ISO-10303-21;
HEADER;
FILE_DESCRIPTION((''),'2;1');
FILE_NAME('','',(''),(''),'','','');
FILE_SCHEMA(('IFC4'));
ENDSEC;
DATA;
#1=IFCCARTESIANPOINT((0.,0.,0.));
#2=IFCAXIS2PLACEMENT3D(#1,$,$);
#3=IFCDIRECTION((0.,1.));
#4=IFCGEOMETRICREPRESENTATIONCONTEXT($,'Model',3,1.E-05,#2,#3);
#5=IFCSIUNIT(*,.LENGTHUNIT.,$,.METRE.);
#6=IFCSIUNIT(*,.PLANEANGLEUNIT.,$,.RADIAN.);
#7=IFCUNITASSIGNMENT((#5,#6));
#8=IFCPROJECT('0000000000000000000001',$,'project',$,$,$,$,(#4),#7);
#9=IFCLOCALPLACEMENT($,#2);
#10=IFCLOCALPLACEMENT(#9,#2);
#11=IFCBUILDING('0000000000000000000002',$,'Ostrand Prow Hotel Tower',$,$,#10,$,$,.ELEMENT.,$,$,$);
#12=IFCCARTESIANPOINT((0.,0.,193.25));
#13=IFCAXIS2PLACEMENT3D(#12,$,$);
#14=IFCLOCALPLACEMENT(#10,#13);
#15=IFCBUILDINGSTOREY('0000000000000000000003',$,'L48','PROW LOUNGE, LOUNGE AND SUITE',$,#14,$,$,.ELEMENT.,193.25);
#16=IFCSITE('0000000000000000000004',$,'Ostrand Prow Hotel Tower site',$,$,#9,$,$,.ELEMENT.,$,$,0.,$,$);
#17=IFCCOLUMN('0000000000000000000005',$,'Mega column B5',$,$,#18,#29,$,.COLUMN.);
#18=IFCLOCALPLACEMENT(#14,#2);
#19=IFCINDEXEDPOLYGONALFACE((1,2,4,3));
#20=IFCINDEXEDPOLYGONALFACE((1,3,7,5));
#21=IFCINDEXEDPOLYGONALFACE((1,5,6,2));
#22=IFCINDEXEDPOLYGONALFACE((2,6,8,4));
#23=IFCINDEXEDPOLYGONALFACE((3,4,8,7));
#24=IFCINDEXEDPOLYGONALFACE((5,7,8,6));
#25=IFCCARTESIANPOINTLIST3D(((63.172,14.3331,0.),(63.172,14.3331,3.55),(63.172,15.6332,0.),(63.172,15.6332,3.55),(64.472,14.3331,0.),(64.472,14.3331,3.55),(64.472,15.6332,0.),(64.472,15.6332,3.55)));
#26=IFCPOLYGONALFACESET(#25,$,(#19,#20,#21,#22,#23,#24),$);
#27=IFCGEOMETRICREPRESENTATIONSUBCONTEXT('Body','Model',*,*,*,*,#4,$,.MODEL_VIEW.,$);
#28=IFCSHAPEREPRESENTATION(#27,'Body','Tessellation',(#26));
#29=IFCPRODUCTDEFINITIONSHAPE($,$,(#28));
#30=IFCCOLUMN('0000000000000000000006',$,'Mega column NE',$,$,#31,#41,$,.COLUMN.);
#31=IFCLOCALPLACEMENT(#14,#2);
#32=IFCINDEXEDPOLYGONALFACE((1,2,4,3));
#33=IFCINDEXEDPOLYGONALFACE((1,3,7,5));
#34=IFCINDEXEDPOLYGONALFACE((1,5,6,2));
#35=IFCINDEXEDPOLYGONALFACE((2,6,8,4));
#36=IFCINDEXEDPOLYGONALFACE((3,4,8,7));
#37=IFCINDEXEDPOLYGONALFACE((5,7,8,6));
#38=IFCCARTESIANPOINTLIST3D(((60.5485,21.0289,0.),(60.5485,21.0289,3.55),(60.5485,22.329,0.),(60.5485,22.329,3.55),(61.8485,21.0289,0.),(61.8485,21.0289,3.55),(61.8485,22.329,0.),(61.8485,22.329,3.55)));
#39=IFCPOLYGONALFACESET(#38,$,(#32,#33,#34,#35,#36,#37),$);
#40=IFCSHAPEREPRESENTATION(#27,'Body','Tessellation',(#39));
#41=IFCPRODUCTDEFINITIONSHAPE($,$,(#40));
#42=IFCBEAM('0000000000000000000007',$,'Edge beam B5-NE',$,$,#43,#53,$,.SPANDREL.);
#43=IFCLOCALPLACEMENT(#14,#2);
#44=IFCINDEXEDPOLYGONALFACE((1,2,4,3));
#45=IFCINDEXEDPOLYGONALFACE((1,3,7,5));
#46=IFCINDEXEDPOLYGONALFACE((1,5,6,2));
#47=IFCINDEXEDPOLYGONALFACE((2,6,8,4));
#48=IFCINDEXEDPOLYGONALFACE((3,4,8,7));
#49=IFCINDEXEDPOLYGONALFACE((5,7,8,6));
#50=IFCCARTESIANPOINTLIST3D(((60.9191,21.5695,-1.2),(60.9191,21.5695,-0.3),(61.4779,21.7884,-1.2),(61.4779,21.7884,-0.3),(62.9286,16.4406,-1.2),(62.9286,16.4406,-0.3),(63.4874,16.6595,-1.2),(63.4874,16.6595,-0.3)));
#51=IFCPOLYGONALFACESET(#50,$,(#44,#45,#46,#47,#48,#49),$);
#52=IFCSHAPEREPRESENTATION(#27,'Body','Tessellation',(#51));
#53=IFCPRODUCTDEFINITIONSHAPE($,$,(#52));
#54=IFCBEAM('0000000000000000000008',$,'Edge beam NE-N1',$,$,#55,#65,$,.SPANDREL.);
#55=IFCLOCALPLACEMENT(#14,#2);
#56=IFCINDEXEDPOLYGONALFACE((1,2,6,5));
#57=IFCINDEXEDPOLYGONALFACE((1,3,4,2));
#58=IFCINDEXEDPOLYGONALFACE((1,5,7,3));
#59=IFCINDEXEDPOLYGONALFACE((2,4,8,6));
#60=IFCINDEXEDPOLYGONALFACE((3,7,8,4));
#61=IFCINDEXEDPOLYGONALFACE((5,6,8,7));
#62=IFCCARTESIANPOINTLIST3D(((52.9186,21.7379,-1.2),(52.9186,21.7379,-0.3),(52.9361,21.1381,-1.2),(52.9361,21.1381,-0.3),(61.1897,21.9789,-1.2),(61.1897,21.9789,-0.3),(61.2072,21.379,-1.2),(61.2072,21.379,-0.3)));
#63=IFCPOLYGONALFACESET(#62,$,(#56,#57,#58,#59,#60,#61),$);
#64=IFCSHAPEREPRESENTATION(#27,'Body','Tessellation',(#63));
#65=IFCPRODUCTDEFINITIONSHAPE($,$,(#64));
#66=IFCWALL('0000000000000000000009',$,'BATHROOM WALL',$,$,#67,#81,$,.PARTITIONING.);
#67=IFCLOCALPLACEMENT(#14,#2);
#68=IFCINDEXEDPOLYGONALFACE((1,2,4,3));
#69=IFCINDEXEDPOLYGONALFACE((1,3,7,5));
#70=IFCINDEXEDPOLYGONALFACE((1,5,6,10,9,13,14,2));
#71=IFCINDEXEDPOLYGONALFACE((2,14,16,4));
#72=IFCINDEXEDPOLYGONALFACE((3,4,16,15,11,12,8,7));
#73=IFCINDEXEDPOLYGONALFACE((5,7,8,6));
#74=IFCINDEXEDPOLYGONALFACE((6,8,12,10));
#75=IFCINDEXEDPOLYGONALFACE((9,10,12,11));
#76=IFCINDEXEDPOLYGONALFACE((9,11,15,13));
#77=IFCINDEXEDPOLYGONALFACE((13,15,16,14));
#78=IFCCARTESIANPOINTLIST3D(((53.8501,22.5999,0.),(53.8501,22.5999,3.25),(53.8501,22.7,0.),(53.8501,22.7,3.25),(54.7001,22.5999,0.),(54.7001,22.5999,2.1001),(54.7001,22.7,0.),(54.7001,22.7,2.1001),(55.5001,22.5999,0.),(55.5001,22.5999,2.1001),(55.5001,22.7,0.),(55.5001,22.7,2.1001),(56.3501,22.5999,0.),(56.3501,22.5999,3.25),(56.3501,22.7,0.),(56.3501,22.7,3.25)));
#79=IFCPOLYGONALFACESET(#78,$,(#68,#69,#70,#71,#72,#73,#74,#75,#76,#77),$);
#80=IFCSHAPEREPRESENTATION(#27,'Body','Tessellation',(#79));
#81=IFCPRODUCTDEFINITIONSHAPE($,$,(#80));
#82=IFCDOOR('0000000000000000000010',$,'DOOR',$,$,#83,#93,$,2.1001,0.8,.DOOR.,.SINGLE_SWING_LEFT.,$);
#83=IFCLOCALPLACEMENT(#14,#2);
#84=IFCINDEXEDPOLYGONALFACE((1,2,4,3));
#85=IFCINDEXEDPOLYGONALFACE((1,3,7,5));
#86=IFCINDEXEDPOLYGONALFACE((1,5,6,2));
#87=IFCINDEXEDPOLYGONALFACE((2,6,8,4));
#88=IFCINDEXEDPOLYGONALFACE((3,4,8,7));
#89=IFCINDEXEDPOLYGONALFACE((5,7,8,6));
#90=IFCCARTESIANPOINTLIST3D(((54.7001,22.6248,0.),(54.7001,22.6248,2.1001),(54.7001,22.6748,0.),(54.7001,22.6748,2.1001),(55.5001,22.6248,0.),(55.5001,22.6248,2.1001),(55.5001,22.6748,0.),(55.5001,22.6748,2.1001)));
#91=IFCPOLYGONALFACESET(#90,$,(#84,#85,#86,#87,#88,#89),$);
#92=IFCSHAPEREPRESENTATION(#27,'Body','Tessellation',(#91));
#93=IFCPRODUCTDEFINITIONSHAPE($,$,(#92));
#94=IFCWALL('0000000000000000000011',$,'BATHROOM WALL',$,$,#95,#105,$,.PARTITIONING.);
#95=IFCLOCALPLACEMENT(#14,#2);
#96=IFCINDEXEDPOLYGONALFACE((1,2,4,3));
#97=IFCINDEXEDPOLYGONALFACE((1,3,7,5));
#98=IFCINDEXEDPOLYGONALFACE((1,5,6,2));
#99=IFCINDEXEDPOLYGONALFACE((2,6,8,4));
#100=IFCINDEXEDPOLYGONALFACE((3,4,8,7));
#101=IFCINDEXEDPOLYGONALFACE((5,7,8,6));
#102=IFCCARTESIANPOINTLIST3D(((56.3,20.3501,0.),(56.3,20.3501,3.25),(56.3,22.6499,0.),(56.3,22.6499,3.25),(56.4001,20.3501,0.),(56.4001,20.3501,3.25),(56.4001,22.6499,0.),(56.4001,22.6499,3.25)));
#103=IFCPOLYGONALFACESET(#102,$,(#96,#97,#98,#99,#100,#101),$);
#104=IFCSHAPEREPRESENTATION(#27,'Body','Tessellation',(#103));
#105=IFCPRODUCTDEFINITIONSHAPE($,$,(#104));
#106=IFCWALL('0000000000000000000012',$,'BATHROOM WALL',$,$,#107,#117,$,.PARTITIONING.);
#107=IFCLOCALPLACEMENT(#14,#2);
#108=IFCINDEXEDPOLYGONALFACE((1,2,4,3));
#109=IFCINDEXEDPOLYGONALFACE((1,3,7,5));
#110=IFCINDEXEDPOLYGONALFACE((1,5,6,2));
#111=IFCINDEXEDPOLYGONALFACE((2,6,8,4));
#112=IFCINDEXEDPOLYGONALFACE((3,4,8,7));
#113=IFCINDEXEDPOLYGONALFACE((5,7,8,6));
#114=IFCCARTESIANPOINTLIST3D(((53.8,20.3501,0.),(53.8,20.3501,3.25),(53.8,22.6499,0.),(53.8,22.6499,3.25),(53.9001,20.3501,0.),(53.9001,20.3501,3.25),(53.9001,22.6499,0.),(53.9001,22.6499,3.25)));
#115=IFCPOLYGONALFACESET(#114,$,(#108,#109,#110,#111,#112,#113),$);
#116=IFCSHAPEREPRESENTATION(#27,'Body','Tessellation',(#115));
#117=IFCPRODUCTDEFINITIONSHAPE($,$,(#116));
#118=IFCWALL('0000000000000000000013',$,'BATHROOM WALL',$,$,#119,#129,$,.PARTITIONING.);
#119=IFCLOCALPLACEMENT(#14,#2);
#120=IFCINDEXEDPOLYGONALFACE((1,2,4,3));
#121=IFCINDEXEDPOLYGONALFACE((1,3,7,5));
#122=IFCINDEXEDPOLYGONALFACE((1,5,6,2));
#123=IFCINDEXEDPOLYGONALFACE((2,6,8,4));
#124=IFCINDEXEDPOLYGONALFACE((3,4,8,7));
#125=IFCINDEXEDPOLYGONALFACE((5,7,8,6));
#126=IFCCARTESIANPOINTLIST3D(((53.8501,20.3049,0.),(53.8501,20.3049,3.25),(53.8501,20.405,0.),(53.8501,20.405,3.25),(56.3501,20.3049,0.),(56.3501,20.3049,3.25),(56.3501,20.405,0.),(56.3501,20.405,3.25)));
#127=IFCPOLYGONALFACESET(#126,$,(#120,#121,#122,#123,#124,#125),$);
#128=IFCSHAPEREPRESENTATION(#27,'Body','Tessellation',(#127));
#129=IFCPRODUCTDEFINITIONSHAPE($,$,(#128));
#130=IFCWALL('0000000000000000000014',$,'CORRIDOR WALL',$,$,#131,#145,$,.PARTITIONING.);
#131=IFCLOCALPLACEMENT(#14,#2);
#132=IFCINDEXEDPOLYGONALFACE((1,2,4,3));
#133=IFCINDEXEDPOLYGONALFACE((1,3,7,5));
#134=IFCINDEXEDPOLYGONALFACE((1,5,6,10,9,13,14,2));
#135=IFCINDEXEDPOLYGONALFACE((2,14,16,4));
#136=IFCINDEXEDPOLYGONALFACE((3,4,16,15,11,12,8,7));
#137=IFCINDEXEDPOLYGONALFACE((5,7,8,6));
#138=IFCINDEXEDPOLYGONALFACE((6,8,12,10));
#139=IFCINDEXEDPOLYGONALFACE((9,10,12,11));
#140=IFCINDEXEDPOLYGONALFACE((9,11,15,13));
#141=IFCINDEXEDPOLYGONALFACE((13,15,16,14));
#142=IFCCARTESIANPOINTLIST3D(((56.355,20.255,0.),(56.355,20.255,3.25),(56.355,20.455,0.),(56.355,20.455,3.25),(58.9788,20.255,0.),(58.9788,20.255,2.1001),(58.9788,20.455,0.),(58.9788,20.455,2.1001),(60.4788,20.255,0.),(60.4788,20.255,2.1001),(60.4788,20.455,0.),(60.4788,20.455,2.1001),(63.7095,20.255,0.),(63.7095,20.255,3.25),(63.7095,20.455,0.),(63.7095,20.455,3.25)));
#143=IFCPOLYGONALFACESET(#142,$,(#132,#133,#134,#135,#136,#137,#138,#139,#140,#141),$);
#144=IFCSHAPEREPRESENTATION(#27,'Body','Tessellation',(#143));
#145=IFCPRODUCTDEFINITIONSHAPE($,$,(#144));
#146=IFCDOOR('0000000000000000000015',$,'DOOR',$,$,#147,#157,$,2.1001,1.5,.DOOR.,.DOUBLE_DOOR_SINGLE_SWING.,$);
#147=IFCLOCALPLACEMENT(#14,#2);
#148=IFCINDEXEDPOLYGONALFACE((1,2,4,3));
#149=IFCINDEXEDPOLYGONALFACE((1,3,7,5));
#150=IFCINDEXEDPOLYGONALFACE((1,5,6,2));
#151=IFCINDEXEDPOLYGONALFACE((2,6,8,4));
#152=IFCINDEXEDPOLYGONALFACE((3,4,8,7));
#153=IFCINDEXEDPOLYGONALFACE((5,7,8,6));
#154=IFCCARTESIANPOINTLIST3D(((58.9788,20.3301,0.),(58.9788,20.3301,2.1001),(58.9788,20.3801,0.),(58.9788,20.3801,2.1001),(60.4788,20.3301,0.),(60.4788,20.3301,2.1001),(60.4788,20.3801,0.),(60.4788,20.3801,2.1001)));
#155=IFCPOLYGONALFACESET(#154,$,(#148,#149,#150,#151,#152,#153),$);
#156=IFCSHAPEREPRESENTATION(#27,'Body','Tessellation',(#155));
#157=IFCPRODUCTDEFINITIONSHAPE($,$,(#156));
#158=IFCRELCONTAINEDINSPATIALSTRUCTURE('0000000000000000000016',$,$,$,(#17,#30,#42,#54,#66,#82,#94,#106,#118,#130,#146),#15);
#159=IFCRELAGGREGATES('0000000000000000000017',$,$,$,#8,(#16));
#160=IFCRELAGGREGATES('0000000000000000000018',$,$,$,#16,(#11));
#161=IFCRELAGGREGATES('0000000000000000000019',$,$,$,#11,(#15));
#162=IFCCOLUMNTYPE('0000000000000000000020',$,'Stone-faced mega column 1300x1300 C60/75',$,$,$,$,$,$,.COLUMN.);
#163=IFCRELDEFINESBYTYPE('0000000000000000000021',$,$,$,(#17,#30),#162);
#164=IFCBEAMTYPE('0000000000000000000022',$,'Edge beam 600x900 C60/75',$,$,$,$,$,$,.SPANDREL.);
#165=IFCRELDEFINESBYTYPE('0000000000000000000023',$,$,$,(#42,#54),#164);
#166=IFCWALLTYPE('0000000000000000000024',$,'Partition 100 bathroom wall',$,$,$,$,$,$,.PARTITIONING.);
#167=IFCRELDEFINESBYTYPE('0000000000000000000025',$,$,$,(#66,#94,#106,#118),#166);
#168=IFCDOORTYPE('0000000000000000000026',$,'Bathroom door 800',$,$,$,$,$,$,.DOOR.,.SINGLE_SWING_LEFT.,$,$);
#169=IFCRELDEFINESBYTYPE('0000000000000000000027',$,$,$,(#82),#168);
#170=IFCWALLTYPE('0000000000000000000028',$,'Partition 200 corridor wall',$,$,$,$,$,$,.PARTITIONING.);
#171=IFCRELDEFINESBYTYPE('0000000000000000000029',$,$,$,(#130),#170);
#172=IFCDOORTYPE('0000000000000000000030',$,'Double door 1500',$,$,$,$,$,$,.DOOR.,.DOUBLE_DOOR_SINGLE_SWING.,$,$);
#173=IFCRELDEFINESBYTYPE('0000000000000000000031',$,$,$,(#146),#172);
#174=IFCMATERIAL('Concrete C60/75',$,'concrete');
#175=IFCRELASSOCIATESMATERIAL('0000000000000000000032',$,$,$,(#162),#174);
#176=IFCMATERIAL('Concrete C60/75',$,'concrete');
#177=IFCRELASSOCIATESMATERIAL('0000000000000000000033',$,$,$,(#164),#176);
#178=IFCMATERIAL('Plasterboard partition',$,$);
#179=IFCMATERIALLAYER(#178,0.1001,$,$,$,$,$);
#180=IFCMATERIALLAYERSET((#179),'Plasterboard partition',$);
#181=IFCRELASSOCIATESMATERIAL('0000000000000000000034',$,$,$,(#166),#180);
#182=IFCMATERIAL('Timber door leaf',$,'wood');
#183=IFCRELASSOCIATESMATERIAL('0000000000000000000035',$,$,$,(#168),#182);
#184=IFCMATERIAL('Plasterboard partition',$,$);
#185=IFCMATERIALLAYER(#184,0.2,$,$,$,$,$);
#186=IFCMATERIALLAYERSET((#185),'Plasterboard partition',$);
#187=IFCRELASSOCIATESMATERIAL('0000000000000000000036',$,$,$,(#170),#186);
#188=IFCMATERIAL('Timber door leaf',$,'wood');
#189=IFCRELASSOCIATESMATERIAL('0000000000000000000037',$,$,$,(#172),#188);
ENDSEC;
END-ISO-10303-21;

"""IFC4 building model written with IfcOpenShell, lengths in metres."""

from ifc_helpers import new_model, si_unit, direction, frame, frame_2d, origin, origin_2d, place, context, subcontext, project, spatial, rectangle, extrude, material, layer, layer_set, material_profile, profile_set, type_object, element, fill, save


model = new_model("IFC4")

# Units and contexts
model_context = context("Model", 3, precision=1e-05, world=origin(), true_north=direction((0.0, 1.0)))
body_context = subcontext(model_context, "Body", "Model", "MODEL_VIEW")
ifc_project = project(units=[si_unit("LENGTHUNIT", "METRE"), si_unit("PLANEANGLEUNIT", "RADIAN")], contexts=[model_context])

# Site, building, storey
site_placement = place(None, origin())
site = spatial("IfcSite", under=ifc_project, at=site_placement, Name="Ostrand Prow Hotel Tower site", CompositionType="ELEMENT", RefElevation=0.0)
building_placement = place(site_placement, origin())
building = spatial("IfcBuilding", under=site, at=building_placement, Name="Ostrand Prow Hotel Tower", CompositionType="ELEMENT")
storey_placement = place(building_placement, frame((0.0, 0.0, 193.25)))
storey = spatial("IfcBuildingStorey", under=building, at=storey_placement, Name="L48", Description="PROW LOUNGE, LOUNGE AND SUITE", CompositionType="ELEMENT", Elevation=193.25)

# Columns
ifc_material_1 = material(Name="Concrete C60/75", Category="concrete")
ifc_material_profile_1 = material_profile(ifc_material_1, rectangle(XDim=1.3, YDim=1.3, at=origin_2d()), Name="RC 1300x1300")
ifc_profile_set_1 = profile_set([ifc_material_profile_1], Name="Concrete C60/75")
column_type = type_object("IfcColumnType", Name="Stone-faced mega column 1300x1300 C60/75", PredefinedType="COLUMN", material=ifc_profile_set_1)
for number, where, z_axis, x_axis, name in (
    (1, (63.822, 14.9832, 0.0), (0.0, 0.0, 1.0), (1.0, 0.0, 0.0), "Mega column B5"),
    (2, (61.1985, 21.679, 0.0), (0.0, 0.0, 1.0), (1.0, 0.0, 0.0), "Mega column NE"),
):
    element("IfcColumn", number, at=place(storey_placement, frame(where, z_axis=z_axis, x_axis=x_axis)), inside=storey, type_object=column_type, Name=name, PredefinedType="COLUMN", context=body_context, shape_type="SweptSolid", body=[
        extrude(rectangle(XDim=1.3, YDim=1.3, at=origin_2d()), origin(), (0.0, 0.0, 1.0), 3.55),
    ])

# Beams
ifc_material_2 = material(Name="Concrete C60/75", Category="concrete")
ifc_material_profile_2 = material_profile(ifc_material_2, rectangle(XDim=0.6001, YDim=0.8999, at=origin_2d()), Name="RC 600x900")
ifc_profile_set_2 = profile_set([ifc_material_profile_2], Name="Concrete C60/75")
beam_type = type_object("IfcBeamType", Name="Edge beam 600x900 C60/75", PredefinedType="SPANDREL", material=ifc_profile_set_2)
beam_1_placement = place(storey_placement, frame((63.208, 16.55, -0.75), z_axis=(-0.364802, 0.931085, 0.0), x_axis=(-0.931085, -0.364802, 0.0)))
element("IfcBeam", 3, at=beam_1_placement, inside=storey, type_object=beam_type, Name="Edge beam B5-NE", PredefinedType="SPANDREL", context=body_context, shape_type="SweptSolid", body=[
    extrude(rectangle(XDim=0.6001, YDim=0.8999, at=origin_2d()), origin(), (0.0, 0.0, 1.0), 5.5085),
])
beam_2_placement = place(storey_placement, frame((61.1985, 21.679, -0.75), z_axis=(-0.999576, -0.029121, 0.0), x_axis=(0.029121, -0.999576, 0.0)))
element("IfcBeam", 4, at=beam_2_placement, inside=storey, type_object=beam_type, Name="Edge beam NE-N1", PredefinedType="SPANDREL", context=body_context, shape_type="SweptSolid", body=[
    extrude(rectangle(XDim=0.6001, YDim=0.8999, at=origin_2d()), origin(), (0.0, 0.0, 1.0), 8.2747),
])

# Wall, opening, door
ifc_material_3 = material(Name="Plasterboard partition")
ifc_layer_1 = layer(ifc_material_3, 0.1001)
ifc_layer_set_1 = layer_set([ifc_layer_1], Name="Plasterboard partition")
wall_type_1 = type_object("IfcWallType", Name="Partition 100 bathroom wall", PredefinedType="PARTITIONING", material=ifc_layer_set_1)
wall_1_placement = place(storey_placement, frame((53.8501, 22.6499, 0.0), z_axis=(0.0, 0.0, 1.0), x_axis=(1.0, 0.0, 0.0)))
wall_1 = element("IfcWall", 5, at=wall_1_placement, inside=storey, type_object=wall_type_1, Name="BATHROOM WALL", PredefinedType="PARTITIONING", context=body_context, shape_type="SweptSolid", body=[
    extrude(rectangle(XDim=2.5, YDim=0.1001, at=frame_2d((1.25, 0.0))), origin(), (0.0, 0.0, 1.0), 3.25),
])
opening_1_placement = place(wall_1_placement, frame((0.8501, 0.0, 0.0)))
opening_1 = element("IfcOpeningElement", 6, at=opening_1_placement, cuts=wall_1, PredefinedType="OPENING", context=body_context, shape_type="SweptSolid", body=[
    extrude(rectangle(XDim=0.8, YDim=2.1001, at=frame_2d((0.3999, 1.05))), frame((0.0, 0.0601, 0.0), z_axis=(0.0, -1.0, 0.0), x_axis=(1.0, 0.0, 0.0)), (0.0, 0.0, 1.0), 0.1201),
])
ifc_material_4 = material(Name="Timber door leaf", Category="wood")
door_type_1 = type_object("IfcDoorType", Name="Bathroom door 800", OperationType="SINGLE_SWING_LEFT", PredefinedType="DOOR", material=ifc_material_4)
door_1_placement = place(opening_1_placement, origin())
door_1 = element("IfcDoor", 7, at=door_1_placement, inside=storey, type_object=door_type_1, Name="DOOR", OperationType="SINGLE_SWING_LEFT", OverallHeight=2.1001, OverallWidth=0.8, PredefinedType="DOOR", context=body_context, shape_type="SweptSolid", body=[
    extrude(rectangle(XDim=0.8, YDim=2.1001, at=frame_2d((0.3999, 1.05))), frame((0.0, 0.0249, 0.0), z_axis=(0.0, -1.0, 0.0), x_axis=(1.0, 0.0, 0.0)), (0.0, 0.0, 1.0), 0.05),
])
fill(opening_1, door_1)

# Walls
for number, where, z_axis, x_axis, name in (
    (8, (56.3501, 22.6499, 0.0), (0.0, 0.0, 1.0), (0.0, -1.0, 0.0), "BATHROOM WALL"),
    (9, (53.8501, 20.3501, 0.0), (0.0, 0.0, 1.0), (0.0, 1.0, 0.0), "BATHROOM WALL"),
):
    element("IfcWall", number, at=place(storey_placement, frame(where, z_axis=z_axis, x_axis=x_axis)), inside=storey, type_object=wall_type_1, Name=name, PredefinedType="PARTITIONING", context=body_context, shape_type="SweptSolid", body=[
        extrude(rectangle(XDim=2.2998, YDim=0.1001, at=frame_2d((1.1499, 0.0))), origin(), (0.0, 0.0, 1.0), 3.25),
    ])
wall_2_placement = place(storey_placement, frame((56.3501, 20.355, 0.0), z_axis=(0.0, 0.0, 1.0), x_axis=(-1.0, 0.0, 0.0)))
element("IfcWall", 10, at=wall_2_placement, inside=storey, type_object=wall_type_1, Name="BATHROOM WALL", PredefinedType="PARTITIONING", context=body_context, shape_type="SweptSolid", body=[
    extrude(rectangle(XDim=2.5, YDim=0.1001, at=frame_2d((1.25, 0.0))), origin(), (0.0, 0.0, 1.0), 3.25),
])

# Wall, opening, door
ifc_material_5 = material(Name="Plasterboard partition")
ifc_layer_2 = layer(ifc_material_5, 0.2)
ifc_layer_set_2 = layer_set([ifc_layer_2], Name="Plasterboard partition")
wall_type_2 = type_object("IfcWallType", Name="Partition 200 corridor wall", PredefinedType="PARTITIONING", material=ifc_layer_set_2)
wall_3_placement = place(storey_placement, frame((63.7095, 20.355, 0.0), z_axis=(0.0, 0.0, 1.0), x_axis=(-1.0, 0.0, 0.0)))
wall_3 = element("IfcWall", 11, at=wall_3_placement, inside=storey, type_object=wall_type_2, Name="CORRIDOR WALL", PredefinedType="PARTITIONING", context=body_context, shape_type="SweptSolid", body=[
    extrude(rectangle(XDim=7.3545, YDim=0.2, at=frame_2d((3.6772, 0.0))), origin(), (0.0, 0.0, 1.0), 3.25),
])
opening_2_placement = place(wall_3_placement, frame((3.2307, 0.0, 0.0)))
opening_2 = element("IfcOpeningElement", 12, at=opening_2_placement, cuts=wall_3, PredefinedType="OPENING", context=body_context, shape_type="SweptSolid", body=[
    extrude(rectangle(XDim=1.5, YDim=2.1001, at=frame_2d((0.75, 1.05))), frame((0.0, 0.1099, 0.0), z_axis=(0.0, -1.0, 0.0), x_axis=(1.0, 0.0, 0.0)), (0.0, 0.0, 1.0), 0.22),
])
ifc_material_6 = material(Name="Timber door leaf", Category="wood")
door_type_2 = type_object("IfcDoorType", Name="Double door 1500", OperationType="DOUBLE_DOOR_SINGLE_SWING", PredefinedType="DOOR", material=ifc_material_6)
door_2_placement = place(opening_2_placement, origin())
door_2 = element("IfcDoor", 13, at=door_2_placement, inside=storey, type_object=door_type_2, Name="DOOR", OperationType="DOUBLE_DOOR_SINGLE_SWING", OverallHeight=2.1001, OverallWidth=1.5, PredefinedType="DOOR", context=body_context, shape_type="SweptSolid", body=[
    extrude(rectangle(XDim=1.5, YDim=2.1001, at=frame_2d((0.75, 1.05))), frame((0.0, 0.0249, 0.0), z_axis=(0.0, -1.0, 0.0), x_axis=(1.0, 0.0, 0.0)), (0.0, 0.0, 1.0), 0.05),
])
fill(opening_2, door_2)

save(model, "model.ifc")
